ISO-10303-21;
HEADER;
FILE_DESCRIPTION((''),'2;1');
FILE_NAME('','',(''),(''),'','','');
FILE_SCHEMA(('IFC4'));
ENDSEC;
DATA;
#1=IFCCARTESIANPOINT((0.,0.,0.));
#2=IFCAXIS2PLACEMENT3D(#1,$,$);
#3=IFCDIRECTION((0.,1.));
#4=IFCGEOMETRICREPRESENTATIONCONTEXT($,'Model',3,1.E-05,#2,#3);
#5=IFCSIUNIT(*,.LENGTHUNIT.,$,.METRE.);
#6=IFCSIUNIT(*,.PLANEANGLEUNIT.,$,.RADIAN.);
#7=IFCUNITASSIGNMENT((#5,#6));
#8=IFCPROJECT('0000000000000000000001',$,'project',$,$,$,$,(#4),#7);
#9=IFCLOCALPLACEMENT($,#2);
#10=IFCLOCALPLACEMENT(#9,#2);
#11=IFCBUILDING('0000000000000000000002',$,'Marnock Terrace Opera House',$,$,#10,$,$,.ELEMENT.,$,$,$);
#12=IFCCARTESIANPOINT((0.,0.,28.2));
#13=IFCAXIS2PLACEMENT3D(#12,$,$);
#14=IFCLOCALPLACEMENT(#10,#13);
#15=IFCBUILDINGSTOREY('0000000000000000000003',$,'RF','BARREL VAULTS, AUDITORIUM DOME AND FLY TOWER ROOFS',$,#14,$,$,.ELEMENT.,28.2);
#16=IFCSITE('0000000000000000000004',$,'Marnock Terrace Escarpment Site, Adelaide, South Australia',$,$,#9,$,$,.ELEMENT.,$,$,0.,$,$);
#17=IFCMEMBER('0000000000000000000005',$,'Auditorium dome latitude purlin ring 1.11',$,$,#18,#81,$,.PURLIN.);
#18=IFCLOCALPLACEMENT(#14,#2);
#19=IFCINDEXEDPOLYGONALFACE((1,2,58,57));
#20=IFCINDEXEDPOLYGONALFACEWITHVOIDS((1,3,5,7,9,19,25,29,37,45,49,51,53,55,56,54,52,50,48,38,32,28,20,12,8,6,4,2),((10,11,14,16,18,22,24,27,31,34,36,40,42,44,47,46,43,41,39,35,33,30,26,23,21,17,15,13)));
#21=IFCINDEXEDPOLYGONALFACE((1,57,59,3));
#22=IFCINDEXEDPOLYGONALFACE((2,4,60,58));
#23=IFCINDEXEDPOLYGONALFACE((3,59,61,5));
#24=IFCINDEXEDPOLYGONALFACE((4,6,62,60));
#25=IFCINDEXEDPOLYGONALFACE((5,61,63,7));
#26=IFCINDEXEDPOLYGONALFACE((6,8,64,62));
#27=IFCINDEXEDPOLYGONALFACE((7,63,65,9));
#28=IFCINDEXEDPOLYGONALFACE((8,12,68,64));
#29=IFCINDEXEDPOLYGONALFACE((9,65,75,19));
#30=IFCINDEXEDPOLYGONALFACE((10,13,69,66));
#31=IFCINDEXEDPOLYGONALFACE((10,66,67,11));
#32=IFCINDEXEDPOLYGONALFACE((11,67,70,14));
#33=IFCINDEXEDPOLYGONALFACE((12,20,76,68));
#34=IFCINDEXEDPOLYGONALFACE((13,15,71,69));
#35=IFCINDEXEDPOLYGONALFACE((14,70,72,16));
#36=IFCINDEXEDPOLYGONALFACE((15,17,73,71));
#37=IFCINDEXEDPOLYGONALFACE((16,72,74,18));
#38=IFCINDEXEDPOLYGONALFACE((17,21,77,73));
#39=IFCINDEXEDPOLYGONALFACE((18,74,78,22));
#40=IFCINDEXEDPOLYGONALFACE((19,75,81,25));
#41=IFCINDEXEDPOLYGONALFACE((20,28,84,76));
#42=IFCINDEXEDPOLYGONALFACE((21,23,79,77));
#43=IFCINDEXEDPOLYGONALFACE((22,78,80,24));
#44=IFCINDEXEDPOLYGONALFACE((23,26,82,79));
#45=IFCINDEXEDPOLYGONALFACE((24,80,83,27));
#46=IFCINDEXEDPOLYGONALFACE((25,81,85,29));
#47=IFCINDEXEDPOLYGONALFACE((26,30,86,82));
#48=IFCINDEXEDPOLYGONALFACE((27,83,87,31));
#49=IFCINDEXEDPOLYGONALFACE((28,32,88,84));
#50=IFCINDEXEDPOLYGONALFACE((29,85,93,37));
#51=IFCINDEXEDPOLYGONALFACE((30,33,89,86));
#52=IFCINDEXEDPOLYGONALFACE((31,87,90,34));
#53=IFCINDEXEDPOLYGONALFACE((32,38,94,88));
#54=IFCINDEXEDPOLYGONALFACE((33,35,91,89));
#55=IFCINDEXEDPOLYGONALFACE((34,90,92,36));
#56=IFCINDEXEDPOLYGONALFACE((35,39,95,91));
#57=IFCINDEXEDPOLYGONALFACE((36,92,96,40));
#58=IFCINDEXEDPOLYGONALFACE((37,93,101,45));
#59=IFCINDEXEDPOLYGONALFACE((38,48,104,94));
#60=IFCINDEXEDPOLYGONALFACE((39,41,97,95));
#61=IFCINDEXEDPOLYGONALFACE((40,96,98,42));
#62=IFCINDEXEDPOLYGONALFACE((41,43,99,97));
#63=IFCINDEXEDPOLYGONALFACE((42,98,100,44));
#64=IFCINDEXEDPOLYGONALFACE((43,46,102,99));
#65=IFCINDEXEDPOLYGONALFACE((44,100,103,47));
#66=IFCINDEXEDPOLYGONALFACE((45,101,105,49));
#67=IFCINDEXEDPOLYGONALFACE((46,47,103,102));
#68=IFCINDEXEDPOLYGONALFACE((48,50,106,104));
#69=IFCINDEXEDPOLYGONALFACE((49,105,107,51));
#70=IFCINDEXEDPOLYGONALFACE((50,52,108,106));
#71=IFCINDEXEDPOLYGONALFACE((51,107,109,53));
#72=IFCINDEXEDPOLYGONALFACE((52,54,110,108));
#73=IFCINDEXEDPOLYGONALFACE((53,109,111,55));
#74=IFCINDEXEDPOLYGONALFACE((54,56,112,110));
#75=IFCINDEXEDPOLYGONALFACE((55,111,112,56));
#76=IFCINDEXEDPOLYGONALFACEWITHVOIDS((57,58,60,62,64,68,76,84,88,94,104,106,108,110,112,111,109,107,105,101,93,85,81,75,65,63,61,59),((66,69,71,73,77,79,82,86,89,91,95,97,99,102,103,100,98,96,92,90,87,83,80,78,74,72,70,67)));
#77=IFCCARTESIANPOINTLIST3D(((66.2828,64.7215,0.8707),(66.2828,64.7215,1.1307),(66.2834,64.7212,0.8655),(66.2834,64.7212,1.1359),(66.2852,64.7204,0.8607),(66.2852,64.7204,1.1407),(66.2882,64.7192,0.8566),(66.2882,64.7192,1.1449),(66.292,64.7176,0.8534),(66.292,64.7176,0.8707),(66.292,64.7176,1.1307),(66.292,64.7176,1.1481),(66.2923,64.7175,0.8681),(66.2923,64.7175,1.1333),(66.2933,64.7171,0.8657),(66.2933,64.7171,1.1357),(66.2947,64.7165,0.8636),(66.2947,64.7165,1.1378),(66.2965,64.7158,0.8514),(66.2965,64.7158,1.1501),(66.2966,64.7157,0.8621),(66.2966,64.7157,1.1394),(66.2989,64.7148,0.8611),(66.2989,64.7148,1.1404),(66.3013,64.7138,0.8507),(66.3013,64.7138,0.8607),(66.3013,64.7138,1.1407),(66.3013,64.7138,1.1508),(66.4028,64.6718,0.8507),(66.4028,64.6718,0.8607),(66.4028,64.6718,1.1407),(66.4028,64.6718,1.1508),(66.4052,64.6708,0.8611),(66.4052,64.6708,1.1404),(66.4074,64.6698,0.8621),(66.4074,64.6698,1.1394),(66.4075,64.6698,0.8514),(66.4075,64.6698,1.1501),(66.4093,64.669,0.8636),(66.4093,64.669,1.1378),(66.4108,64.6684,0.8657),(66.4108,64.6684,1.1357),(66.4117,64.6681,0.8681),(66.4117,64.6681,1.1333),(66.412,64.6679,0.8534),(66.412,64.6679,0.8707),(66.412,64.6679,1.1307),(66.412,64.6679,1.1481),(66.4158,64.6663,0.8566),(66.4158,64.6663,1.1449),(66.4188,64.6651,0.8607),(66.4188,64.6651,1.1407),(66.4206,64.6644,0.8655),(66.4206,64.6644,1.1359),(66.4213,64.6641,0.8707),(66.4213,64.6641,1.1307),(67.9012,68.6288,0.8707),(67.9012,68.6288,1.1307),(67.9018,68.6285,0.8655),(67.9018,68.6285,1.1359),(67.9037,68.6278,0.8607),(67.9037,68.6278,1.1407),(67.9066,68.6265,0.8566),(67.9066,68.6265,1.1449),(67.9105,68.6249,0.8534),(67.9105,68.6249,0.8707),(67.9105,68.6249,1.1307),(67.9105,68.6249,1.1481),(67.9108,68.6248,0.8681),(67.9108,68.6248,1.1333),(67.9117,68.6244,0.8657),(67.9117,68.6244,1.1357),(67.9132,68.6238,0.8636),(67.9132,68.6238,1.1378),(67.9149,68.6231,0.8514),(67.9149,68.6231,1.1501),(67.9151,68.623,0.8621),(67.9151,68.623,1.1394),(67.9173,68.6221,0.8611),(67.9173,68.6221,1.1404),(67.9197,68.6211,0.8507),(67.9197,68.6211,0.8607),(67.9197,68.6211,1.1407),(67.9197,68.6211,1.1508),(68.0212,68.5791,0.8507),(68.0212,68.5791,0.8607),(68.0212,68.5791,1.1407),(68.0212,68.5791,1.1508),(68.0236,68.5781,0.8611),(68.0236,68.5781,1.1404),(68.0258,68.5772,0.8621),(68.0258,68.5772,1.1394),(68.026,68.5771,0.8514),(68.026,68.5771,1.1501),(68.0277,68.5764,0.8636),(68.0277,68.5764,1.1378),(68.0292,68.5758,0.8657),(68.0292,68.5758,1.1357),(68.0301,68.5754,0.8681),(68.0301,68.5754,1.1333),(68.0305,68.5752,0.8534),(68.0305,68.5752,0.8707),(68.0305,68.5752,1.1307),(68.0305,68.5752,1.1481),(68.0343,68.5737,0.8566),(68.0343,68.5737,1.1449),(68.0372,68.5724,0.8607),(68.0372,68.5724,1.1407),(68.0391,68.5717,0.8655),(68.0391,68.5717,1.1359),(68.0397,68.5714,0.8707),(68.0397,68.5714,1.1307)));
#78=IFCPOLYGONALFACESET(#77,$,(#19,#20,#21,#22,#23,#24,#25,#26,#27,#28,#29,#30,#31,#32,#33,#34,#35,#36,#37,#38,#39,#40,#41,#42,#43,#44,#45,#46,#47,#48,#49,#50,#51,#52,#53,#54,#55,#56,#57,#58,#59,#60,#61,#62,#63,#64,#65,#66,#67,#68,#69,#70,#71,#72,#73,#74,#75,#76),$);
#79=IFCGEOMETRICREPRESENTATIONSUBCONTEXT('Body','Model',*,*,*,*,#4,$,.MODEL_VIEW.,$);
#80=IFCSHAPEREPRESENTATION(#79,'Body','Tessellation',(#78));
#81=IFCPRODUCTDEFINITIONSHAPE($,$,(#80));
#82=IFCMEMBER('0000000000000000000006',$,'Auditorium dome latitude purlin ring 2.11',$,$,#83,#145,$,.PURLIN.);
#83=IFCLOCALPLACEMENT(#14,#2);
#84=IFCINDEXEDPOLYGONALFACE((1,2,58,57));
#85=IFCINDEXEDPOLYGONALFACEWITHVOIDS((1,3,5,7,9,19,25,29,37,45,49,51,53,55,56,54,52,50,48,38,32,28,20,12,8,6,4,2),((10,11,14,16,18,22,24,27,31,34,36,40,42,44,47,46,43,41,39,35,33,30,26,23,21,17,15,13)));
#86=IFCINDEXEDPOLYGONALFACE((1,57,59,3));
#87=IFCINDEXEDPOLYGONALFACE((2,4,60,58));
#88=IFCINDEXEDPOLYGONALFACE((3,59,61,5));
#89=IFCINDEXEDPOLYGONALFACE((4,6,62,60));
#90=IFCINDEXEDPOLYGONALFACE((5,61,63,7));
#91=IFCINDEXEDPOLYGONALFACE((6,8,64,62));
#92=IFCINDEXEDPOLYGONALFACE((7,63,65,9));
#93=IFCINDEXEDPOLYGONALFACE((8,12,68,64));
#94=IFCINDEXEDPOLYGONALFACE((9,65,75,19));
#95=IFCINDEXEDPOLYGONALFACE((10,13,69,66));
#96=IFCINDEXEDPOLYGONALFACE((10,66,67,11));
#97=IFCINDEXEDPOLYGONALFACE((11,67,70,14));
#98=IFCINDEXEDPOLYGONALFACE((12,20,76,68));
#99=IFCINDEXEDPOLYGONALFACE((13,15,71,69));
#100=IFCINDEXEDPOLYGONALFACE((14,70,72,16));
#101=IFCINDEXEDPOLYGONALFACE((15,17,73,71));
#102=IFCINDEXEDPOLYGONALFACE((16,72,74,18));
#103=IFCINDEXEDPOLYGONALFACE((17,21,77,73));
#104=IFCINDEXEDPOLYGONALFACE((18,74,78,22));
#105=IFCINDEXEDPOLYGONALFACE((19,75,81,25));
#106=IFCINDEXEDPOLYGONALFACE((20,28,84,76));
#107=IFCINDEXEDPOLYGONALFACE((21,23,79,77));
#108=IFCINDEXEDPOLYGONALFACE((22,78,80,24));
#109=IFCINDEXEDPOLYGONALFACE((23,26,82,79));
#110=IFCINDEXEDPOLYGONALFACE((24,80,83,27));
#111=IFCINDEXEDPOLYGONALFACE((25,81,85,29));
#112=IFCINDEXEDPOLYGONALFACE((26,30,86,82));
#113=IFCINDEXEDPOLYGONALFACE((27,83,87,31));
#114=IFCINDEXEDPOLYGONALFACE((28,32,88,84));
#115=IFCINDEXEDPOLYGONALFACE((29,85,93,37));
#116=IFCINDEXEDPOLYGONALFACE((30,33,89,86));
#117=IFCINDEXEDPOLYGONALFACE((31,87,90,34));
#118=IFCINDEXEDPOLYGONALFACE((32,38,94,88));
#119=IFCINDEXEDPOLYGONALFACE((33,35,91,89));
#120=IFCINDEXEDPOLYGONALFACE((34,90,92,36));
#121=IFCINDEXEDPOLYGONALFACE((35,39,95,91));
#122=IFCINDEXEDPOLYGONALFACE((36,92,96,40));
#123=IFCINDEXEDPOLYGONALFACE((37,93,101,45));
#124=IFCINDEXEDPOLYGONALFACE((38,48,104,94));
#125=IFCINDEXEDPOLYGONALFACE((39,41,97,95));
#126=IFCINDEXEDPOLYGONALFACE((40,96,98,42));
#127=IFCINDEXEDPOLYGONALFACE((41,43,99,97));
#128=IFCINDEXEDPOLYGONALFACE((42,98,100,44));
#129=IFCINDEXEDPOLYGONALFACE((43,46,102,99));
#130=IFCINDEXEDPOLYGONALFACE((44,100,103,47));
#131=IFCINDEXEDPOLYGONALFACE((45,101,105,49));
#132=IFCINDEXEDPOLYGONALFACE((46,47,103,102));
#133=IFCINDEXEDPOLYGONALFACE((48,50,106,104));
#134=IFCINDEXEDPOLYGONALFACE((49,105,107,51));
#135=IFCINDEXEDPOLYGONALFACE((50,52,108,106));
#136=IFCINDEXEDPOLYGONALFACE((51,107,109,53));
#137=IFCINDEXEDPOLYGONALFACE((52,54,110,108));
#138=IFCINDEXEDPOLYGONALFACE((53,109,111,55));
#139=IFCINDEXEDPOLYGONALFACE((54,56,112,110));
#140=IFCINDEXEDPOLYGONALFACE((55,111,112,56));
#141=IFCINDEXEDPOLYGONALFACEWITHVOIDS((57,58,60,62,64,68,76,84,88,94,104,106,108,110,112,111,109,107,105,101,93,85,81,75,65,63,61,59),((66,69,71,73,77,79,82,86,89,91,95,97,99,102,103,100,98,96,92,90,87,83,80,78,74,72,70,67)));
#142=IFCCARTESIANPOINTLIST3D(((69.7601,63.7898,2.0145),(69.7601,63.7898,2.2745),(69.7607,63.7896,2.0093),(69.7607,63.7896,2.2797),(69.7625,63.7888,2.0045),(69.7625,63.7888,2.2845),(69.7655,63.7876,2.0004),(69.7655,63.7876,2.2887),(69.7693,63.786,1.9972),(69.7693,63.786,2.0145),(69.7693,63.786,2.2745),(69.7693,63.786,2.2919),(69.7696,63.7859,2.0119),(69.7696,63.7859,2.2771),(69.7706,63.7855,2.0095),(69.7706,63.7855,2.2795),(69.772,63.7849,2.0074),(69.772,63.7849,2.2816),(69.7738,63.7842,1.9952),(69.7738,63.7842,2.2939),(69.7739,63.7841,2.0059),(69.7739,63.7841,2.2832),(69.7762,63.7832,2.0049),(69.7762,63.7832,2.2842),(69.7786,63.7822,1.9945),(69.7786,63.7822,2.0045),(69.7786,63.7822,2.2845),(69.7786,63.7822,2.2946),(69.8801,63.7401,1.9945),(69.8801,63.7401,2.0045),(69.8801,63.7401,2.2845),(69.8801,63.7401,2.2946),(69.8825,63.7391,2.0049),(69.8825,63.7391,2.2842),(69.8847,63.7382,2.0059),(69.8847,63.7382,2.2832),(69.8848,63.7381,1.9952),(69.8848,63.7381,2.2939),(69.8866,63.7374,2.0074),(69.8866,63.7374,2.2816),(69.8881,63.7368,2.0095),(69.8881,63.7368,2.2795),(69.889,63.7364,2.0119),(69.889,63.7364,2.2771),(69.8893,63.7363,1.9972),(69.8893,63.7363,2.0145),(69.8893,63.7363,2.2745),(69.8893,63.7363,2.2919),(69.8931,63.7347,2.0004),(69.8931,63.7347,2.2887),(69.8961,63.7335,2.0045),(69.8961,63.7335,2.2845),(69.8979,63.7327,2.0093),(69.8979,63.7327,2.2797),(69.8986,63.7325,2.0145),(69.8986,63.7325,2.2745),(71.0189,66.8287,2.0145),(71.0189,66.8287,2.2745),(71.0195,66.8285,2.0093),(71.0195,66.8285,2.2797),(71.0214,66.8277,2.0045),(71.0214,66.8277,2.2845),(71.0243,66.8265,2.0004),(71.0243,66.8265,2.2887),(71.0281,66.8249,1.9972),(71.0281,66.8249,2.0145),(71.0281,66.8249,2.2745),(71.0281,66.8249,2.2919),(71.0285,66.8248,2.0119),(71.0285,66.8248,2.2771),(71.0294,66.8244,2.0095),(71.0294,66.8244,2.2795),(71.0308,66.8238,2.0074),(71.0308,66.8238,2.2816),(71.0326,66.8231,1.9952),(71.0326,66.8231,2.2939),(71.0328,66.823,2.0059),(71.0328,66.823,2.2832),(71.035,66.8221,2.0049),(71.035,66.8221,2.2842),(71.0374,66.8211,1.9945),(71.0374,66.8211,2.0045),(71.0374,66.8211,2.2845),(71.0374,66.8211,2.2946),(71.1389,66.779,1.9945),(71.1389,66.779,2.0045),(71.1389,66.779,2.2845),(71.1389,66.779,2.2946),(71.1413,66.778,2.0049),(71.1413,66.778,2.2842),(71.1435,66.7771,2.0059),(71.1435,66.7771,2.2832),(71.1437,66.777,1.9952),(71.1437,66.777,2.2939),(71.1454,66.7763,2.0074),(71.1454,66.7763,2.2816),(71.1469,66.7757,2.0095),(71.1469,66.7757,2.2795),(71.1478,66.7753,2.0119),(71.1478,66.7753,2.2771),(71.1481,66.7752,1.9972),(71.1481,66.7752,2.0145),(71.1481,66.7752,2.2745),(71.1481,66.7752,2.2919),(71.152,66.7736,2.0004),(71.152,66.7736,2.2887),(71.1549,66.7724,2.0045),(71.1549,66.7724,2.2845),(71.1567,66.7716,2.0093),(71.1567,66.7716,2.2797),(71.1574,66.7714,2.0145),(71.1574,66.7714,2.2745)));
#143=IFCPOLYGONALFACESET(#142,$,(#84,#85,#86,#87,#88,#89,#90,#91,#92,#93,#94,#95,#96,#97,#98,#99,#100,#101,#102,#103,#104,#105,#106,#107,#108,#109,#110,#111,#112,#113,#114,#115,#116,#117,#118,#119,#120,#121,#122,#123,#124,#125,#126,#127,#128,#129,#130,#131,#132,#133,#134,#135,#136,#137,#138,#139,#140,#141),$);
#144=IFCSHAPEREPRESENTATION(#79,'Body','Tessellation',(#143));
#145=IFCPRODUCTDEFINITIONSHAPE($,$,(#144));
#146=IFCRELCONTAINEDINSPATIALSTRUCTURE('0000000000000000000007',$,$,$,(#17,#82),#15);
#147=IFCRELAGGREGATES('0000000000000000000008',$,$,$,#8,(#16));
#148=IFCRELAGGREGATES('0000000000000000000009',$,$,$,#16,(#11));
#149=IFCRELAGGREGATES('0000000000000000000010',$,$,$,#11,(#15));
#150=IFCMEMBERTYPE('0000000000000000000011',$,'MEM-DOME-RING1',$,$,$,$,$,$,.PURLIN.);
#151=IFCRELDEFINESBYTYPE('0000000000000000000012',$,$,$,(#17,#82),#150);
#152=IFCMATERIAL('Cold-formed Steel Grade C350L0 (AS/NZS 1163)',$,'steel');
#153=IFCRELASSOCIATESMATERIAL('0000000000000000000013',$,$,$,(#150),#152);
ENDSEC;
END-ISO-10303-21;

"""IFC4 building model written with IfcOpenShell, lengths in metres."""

from ifc_helpers import new_model, si_unit, direction, frame, origin, origin_2d, place, context, subcontext, project, spatial, hollow_rectangle, extrude, material, material_profile, profile_set, type_object, element, save


model = new_model("IFC4")

# Units and contexts
model_context = context("Model", 3, precision=1e-05, world=origin(), true_north=direction((0.0, 1.0)))
body_context = subcontext(model_context, "Body", "Model", "MODEL_VIEW")
ifc_project = project(units=[si_unit("LENGTHUNIT", "METRE"), si_unit("PLANEANGLEUNIT", "RADIAN")], contexts=[model_context])

# Site, building, storey
site_placement = place(None, origin())
site = spatial("IfcSite", under=ifc_project, at=site_placement, Name="Marnock Terrace Escarpment Site, Adelaide, South Australia", CompositionType="ELEMENT", RefElevation=0.0)
building_placement = place(site_placement, origin())
building = spatial("IfcBuilding", under=site, at=building_placement, Name="Marnock Terrace Opera House", CompositionType="ELEMENT")
storey_placement = place(building_placement, frame((0.0, 0.0, 28.2)))
storey = spatial("IfcBuildingStorey", under=building, at=storey_placement, Name="RF", Description="BARREL VAULTS, AUDITORIUM DOME AND FLY TOWER ROOFS", CompositionType="ELEMENT", Elevation=28.2)

# Members
ifc_material_1 = material(Name="Cold-formed Steel Grade C350L0 (AS/NZS 1163)", Category="steel")
ifc_material_profile_1 = material_profile(ifc_material_1, hollow_rectangle(XDim=0.1499, YDim=0.3, WallThickness=0.01, InnerFilletRadius=0.01, OuterFilletRadius=0.02, at=origin_2d()))
ifc_profile_set_1 = profile_set([ifc_material_profile_1], Name="Cold-formed Steel Grade C350L0 (AS/NZS 1163)")
member_type_1 = type_object("IfcMemberType", Name="MEM-DOME-RING1", PredefinedType="PURLIN", material=ifc_profile_set_1)
member_1_placement = place(storey_placement, frame((67.9705, 68.6001, 1.0007), z_axis=(-0.38268, -0.923881, 0.0), x_axis=(0.923881, -0.38268, 0.0)))
element("IfcMember", 1, at=member_1_placement, inside=storey, type_object=member_type_1, Name="Auditorium dome latitude purlin ring 1.11", PredefinedType="PURLIN", context=body_context, shape_type="SweptSolid", body=[
    extrude(hollow_rectangle(XDim=0.1499, YDim=0.3, WallThickness=0.01, InnerFilletRadius=0.01, OuterFilletRadius=0.02, at=origin_2d()), origin(), (0.0, 0.0, 1.0), 4.2292),
])
member_2_placement = place(storey_placement, frame((71.0881, 66.8, 2.1445), z_axis=(-0.382701, -0.923872, 0.0), x_axis=(0.923872, -0.382701, 0.0)))
element("IfcMember", 2, at=member_2_placement, inside=storey, type_object=member_type_1, Name="Auditorium dome latitude purlin ring 2.11", PredefinedType="PURLIN", context=body_context, shape_type="SweptSolid", body=[
    extrude(hollow_rectangle(XDim=0.1499, YDim=0.3, WallThickness=0.01, InnerFilletRadius=0.01, OuterFilletRadius=0.02, at=origin_2d()), origin(), (0.0, 0.0, 1.0), 3.2893),
])

save(model, "model.ifc")
